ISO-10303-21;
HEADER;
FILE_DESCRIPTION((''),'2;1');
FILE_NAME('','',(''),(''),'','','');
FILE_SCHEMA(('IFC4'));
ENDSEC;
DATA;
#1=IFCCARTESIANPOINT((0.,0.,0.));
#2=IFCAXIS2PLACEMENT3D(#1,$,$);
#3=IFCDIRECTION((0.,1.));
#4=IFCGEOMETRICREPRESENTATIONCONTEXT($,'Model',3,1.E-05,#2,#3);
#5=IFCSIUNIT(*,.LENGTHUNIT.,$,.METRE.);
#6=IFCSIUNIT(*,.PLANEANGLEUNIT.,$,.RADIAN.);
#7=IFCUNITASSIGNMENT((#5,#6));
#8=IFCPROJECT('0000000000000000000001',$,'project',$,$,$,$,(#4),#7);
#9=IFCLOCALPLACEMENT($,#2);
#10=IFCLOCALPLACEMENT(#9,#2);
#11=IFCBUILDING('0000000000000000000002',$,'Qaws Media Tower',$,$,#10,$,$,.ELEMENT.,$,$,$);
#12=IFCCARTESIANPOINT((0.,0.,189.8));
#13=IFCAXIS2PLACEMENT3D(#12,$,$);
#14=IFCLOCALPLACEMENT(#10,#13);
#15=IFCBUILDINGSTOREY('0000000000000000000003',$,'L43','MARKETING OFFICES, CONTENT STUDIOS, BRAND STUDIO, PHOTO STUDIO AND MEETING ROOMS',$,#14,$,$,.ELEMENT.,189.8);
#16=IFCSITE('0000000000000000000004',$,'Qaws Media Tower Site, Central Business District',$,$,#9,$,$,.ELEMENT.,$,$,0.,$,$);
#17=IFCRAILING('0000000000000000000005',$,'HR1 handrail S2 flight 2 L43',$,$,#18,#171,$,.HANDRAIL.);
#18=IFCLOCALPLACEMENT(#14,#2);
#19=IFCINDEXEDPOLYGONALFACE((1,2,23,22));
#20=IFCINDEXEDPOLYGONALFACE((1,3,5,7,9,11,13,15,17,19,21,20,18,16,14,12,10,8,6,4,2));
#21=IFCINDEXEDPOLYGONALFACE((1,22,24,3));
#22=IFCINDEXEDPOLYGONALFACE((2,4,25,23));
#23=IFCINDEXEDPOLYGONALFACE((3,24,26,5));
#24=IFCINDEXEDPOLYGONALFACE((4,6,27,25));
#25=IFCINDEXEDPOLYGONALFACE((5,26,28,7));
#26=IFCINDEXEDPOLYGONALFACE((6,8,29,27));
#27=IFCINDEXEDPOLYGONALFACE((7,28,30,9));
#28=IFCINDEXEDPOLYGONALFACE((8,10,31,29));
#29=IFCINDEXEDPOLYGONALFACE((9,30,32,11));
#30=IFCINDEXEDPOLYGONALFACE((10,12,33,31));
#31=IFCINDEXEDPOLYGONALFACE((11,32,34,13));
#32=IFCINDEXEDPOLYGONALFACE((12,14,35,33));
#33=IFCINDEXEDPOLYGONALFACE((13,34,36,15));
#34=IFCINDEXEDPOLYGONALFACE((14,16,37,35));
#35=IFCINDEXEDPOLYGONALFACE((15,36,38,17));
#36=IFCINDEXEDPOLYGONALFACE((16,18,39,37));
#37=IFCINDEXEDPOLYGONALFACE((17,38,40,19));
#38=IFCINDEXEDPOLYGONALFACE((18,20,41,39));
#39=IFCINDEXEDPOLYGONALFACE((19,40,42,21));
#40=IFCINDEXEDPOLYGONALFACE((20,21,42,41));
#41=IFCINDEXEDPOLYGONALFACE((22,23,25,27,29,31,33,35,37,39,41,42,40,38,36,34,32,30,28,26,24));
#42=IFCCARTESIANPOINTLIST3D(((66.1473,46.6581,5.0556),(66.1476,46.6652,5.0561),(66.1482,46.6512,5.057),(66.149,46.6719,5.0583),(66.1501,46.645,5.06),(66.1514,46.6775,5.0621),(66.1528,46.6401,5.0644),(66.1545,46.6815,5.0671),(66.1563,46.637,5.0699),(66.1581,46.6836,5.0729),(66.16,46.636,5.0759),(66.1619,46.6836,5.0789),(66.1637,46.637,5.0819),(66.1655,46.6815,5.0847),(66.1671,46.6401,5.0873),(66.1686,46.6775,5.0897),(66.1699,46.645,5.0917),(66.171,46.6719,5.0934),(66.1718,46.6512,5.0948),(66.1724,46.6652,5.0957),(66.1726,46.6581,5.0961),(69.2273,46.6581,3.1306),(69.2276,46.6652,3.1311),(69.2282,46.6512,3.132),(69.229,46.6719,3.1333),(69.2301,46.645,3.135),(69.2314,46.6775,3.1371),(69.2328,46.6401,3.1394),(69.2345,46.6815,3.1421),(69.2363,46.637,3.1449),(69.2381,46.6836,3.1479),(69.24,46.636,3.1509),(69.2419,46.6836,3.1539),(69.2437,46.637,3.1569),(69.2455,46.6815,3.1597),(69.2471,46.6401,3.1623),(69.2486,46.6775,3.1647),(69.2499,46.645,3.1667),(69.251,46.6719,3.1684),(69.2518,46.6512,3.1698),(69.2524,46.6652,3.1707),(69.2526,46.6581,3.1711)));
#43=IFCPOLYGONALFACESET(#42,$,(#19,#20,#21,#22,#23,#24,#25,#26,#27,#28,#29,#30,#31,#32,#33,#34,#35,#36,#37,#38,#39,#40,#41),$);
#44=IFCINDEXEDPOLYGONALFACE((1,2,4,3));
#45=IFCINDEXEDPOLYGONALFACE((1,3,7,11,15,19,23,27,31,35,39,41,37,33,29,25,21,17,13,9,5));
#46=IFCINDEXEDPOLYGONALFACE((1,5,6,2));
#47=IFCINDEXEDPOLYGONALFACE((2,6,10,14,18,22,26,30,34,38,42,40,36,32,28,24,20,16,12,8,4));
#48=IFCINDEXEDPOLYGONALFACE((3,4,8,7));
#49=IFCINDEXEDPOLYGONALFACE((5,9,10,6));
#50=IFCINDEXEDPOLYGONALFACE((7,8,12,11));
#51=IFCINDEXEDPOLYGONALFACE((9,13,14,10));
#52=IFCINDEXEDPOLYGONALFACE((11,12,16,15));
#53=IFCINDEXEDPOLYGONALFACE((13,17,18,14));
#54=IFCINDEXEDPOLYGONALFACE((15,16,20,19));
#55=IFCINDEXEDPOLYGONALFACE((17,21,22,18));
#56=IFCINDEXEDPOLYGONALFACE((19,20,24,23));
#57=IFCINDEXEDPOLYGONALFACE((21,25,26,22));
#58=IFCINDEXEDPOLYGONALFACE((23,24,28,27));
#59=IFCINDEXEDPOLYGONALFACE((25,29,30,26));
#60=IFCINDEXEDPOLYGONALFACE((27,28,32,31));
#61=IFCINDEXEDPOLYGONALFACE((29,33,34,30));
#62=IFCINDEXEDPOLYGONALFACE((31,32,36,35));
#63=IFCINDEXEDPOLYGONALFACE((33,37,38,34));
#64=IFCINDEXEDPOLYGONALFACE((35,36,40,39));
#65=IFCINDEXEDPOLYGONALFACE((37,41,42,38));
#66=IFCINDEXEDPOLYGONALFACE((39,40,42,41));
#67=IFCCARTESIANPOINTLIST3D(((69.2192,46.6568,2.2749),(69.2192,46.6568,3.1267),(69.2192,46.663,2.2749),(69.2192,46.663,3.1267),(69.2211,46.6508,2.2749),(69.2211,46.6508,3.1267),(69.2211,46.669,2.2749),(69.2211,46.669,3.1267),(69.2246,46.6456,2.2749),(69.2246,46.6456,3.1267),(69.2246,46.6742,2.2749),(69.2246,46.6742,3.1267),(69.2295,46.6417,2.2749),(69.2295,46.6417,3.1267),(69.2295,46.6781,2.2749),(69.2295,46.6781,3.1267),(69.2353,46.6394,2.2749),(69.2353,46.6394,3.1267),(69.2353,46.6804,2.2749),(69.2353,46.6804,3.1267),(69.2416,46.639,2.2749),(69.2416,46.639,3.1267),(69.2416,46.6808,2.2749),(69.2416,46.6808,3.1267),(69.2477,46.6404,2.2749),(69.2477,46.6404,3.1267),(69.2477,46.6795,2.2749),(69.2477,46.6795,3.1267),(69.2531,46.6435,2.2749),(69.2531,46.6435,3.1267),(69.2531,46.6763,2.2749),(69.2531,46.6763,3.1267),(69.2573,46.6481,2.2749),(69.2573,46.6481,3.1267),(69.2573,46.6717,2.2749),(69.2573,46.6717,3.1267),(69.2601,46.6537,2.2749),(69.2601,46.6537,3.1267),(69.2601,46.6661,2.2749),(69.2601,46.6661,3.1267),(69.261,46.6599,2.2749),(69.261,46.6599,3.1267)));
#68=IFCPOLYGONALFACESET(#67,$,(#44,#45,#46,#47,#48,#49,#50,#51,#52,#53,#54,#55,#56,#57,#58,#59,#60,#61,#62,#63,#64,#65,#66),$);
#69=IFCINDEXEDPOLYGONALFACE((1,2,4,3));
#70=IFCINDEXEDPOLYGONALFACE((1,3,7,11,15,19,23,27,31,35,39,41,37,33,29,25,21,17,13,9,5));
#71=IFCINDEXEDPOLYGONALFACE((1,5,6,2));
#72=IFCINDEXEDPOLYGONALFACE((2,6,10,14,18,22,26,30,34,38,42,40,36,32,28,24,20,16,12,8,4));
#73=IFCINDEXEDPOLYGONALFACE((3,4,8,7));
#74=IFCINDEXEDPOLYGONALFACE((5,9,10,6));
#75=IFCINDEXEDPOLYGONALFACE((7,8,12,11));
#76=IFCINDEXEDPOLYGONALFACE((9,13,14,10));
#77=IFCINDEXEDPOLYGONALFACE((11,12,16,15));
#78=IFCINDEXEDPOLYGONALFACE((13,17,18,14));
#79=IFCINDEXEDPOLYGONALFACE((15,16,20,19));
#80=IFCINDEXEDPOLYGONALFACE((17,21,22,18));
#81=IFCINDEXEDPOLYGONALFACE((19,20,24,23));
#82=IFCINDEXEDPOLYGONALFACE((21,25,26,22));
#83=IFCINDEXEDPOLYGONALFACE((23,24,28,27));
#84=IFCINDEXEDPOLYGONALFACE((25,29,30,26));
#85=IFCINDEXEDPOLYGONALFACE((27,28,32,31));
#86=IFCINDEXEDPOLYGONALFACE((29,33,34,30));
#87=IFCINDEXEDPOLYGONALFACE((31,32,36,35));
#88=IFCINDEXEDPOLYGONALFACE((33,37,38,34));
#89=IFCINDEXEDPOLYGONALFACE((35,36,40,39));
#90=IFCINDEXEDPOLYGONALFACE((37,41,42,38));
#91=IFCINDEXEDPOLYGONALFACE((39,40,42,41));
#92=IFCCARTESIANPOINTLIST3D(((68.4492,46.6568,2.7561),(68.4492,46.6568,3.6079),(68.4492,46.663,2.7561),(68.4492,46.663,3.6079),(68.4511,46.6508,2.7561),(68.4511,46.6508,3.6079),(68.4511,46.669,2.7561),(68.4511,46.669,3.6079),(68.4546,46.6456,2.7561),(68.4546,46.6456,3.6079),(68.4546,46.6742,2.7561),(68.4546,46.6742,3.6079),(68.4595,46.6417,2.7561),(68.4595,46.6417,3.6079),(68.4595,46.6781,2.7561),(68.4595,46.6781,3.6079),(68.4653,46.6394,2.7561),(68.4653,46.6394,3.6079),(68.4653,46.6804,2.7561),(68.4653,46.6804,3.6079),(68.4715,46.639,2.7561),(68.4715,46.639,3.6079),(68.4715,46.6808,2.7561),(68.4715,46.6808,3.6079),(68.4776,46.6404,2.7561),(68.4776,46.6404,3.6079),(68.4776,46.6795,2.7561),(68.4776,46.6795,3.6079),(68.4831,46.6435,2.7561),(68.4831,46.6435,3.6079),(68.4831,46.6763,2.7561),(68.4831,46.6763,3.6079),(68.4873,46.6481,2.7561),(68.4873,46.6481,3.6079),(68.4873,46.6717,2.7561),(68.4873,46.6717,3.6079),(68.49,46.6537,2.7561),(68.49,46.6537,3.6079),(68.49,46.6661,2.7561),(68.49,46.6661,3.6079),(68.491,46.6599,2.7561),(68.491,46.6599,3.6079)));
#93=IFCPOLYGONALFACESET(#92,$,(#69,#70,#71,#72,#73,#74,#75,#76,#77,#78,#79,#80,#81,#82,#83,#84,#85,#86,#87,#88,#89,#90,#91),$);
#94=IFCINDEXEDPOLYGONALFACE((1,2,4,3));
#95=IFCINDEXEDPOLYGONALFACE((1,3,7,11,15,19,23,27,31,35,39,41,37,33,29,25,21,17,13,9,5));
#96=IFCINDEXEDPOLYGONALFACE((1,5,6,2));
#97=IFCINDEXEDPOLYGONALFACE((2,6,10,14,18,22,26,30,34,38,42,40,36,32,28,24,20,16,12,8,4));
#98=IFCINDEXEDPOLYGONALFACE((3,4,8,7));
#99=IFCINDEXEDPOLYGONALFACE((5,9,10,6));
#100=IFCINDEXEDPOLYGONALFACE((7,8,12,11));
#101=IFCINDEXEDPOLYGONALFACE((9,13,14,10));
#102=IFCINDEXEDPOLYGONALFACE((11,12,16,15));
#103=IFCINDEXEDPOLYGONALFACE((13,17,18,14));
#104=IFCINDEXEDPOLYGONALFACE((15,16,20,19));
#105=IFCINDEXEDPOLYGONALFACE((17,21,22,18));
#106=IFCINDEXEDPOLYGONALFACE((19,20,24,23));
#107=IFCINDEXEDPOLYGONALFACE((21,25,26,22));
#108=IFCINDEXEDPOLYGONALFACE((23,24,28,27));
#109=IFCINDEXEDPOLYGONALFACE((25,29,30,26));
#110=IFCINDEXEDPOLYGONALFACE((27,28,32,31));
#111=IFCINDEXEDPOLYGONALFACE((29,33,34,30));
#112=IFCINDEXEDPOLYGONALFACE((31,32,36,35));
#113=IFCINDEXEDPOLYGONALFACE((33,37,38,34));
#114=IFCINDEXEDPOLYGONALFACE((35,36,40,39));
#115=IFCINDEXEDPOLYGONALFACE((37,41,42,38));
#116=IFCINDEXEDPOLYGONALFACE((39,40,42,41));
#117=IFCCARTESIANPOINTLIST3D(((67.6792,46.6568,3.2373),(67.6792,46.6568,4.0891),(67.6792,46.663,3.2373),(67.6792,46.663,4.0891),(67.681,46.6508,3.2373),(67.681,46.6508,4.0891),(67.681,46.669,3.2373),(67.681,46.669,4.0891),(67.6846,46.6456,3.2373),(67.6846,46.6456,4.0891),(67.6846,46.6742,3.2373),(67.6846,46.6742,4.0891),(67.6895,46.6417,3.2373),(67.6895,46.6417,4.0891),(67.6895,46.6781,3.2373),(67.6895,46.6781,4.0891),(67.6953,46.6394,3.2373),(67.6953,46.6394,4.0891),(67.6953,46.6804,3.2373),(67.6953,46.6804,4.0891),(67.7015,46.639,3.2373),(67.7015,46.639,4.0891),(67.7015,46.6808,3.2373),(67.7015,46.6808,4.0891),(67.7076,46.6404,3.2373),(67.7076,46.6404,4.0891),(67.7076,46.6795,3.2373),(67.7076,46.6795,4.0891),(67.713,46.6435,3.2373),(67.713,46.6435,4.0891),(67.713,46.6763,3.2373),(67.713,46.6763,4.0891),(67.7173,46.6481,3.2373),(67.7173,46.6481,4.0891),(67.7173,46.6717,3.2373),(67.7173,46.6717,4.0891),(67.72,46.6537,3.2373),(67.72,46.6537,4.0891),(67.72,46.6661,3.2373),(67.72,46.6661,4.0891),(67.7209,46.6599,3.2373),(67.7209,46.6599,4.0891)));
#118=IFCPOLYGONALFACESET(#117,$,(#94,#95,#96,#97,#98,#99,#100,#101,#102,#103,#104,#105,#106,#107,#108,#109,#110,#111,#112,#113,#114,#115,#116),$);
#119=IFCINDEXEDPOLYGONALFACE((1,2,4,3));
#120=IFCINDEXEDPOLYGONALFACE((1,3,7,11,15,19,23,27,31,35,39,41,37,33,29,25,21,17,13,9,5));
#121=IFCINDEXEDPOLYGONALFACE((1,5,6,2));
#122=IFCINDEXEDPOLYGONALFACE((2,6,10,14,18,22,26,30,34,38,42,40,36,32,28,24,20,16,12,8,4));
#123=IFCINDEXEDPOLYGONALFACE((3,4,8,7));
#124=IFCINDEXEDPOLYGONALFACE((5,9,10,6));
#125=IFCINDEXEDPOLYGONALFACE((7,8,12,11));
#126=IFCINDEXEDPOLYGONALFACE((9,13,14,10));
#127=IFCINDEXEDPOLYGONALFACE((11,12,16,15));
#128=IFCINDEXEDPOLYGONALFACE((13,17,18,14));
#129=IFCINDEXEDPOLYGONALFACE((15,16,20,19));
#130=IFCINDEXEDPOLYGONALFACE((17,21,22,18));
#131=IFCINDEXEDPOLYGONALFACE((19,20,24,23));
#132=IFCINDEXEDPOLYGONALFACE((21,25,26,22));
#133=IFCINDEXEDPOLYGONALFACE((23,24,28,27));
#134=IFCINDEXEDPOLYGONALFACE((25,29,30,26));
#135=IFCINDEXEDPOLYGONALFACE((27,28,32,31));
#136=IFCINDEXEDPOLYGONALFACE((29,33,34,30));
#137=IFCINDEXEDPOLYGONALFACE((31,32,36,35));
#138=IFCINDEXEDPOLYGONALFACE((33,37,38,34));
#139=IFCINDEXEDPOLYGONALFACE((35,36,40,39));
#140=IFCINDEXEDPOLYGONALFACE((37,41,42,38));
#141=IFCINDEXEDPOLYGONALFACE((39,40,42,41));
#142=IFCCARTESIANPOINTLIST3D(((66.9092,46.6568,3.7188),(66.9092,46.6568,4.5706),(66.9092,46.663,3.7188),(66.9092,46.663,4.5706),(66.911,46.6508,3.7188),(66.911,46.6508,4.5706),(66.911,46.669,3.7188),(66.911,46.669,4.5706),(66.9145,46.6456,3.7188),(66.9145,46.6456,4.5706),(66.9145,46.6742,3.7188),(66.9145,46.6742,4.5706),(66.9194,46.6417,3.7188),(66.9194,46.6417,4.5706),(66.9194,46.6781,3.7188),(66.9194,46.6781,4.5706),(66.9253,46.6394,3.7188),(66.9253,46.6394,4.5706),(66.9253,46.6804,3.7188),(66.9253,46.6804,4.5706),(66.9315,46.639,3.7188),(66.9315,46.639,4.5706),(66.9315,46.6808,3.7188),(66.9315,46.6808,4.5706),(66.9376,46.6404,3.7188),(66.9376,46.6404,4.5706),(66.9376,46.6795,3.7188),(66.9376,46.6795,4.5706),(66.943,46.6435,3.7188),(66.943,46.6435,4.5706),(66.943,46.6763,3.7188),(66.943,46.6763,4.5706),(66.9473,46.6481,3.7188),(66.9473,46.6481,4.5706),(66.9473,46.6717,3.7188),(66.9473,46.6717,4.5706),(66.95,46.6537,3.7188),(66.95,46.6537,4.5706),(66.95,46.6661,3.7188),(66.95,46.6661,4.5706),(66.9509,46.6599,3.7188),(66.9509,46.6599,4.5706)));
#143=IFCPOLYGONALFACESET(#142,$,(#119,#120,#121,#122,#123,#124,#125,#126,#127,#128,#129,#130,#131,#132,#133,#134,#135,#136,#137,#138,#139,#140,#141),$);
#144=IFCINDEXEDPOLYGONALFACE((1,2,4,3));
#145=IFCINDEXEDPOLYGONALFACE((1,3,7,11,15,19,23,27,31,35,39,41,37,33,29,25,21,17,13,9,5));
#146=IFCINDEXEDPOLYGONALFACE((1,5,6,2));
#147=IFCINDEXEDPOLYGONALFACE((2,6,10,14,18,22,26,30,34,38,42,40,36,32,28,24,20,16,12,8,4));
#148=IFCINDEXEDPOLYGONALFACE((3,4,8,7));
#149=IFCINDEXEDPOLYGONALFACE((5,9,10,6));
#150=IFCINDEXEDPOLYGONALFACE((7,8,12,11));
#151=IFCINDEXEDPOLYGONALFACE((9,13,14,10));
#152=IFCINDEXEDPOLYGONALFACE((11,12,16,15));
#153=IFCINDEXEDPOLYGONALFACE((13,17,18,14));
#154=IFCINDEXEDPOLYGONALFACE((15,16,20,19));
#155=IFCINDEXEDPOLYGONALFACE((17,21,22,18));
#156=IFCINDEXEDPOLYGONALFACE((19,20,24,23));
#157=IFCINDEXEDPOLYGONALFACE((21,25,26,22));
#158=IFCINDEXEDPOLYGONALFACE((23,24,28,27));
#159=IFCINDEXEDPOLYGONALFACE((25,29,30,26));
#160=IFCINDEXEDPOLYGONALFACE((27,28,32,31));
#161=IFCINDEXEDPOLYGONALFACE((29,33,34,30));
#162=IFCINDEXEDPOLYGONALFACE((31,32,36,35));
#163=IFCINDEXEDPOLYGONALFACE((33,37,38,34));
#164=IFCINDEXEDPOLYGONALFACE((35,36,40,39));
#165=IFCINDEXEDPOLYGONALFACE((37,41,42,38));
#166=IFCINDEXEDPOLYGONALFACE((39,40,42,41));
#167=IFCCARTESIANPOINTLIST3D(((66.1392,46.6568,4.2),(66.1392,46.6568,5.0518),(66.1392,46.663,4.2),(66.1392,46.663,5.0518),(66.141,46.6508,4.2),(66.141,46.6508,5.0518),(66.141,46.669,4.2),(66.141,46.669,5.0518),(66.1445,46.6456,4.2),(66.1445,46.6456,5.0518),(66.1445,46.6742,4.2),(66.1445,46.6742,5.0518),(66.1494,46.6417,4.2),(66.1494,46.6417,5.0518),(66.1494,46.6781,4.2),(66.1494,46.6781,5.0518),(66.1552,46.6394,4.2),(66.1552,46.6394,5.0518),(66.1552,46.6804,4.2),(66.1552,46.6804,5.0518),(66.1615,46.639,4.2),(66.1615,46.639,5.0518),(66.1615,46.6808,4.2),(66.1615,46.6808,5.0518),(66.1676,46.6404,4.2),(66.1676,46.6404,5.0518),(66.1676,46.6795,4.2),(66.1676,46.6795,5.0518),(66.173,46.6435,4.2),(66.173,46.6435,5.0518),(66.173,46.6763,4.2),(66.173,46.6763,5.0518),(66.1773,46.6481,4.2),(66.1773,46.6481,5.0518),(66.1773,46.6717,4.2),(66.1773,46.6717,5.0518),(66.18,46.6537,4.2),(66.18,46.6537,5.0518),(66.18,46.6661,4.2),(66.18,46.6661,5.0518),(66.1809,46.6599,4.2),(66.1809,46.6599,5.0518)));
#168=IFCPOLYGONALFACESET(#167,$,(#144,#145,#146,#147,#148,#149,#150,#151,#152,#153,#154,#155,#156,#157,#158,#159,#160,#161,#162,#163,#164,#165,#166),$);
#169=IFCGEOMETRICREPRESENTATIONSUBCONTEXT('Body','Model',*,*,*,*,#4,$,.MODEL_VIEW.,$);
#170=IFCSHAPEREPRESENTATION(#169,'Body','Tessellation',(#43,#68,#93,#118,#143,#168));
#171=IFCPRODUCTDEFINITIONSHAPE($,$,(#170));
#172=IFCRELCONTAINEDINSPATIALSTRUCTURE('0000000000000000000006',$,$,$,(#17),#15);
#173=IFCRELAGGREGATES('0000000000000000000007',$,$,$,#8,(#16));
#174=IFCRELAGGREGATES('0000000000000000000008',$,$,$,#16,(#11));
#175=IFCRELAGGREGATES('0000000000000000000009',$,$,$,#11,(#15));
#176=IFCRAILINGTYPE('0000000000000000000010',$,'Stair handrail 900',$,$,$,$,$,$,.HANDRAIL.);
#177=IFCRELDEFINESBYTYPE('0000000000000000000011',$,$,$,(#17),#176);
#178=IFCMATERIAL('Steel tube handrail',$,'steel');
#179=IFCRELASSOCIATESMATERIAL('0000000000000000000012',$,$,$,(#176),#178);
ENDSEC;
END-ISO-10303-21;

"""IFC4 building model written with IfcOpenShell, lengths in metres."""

from ifc_helpers import new_model, si_unit, direction, frame, origin, origin_2d, place, context, subcontext, project, spatial, circle, extrude, material, type_object, element, save


model = new_model("IFC4")

# Units and contexts
model_context = context("Model", 3, precision=1e-05, world=origin(), true_north=direction((0.0, 1.0)))
body_context = subcontext(model_context, "Body", "Model", "MODEL_VIEW")
ifc_project = project(units=[si_unit("LENGTHUNIT", "METRE"), si_unit("PLANEANGLEUNIT", "RADIAN")], contexts=[model_context])

# Site, building, storey
site_placement = place(None, origin())
site = spatial("IfcSite", under=ifc_project, at=site_placement, Name="Qaws Media Tower Site, Central Business District", CompositionType="ELEMENT", RefElevation=0.0)
building_placement = place(site_placement, origin())
building = spatial("IfcBuilding", under=site, at=building_placement, Name="Qaws Media Tower", CompositionType="ELEMENT")
storey_placement = place(building_placement, frame((0.0, 0.0, 189.8)))
storey = spatial("IfcBuildingStorey", under=building, at=storey_placement, Name="L43", Description="MARKETING OFFICES, CONTENT STUDIOS, BRAND STUDIO, PHOTO STUDIO AND MEETING ROOMS", CompositionType="ELEMENT", Elevation=189.8)

# Railing
ifc_material_1 = material(Name="Steel tube handrail", Category="steel")
railing_type = type_object("IfcRailingType", Name="Stair handrail 900", PredefinedType="HANDRAIL", material=ifc_material_1)
for number, where, name in (
    (1, (69.24, 46.6599, 2.2749), "HR1 handrail S2 flight 2 L43"),
):
    element("IfcRailing", number, at=place(storey_placement, frame(where)), inside=storey, type_object=railing_type, Name=name, PredefinedType="HANDRAIL", context=body_context, shape_type="SweptSolid", body=[
        extrude(circle(Radius=0.0239, at=origin_2d()), frame((0.0, 0.0, 0.876), z_axis=(-0.847998, 0.0, 0.529999), x_axis=(0.0, -1.0, 0.0)), (0.0, 0.0, 1.0), 3.6321),
        extrude(circle(Radius=0.021, at=origin_2d()), origin(), (0.0, 0.0, 1.0), 0.8518),
        extrude(circle(Radius=0.021, at=origin_2d()), frame((-0.77, 0.0, 0.4812)), (0.0, 0.0, 1.0), 0.8518),
        extrude(circle(Radius=0.021, at=origin_2d()), frame((-1.54, 0.0, 0.9624)), (0.0, 0.0, 1.0), 0.8518),
        extrude(circle(Radius=0.021, at=origin_2d()), frame((-2.3101, 0.0, 1.4438)), (0.0, 0.0, 1.0), 0.8518),
        extrude(circle(Radius=0.021, at=origin_2d()), frame((-3.0801, 0.0, 1.925)), (0.0, 0.0, 1.0), 0.8518),
    ])

save(model, "model.ifc")
